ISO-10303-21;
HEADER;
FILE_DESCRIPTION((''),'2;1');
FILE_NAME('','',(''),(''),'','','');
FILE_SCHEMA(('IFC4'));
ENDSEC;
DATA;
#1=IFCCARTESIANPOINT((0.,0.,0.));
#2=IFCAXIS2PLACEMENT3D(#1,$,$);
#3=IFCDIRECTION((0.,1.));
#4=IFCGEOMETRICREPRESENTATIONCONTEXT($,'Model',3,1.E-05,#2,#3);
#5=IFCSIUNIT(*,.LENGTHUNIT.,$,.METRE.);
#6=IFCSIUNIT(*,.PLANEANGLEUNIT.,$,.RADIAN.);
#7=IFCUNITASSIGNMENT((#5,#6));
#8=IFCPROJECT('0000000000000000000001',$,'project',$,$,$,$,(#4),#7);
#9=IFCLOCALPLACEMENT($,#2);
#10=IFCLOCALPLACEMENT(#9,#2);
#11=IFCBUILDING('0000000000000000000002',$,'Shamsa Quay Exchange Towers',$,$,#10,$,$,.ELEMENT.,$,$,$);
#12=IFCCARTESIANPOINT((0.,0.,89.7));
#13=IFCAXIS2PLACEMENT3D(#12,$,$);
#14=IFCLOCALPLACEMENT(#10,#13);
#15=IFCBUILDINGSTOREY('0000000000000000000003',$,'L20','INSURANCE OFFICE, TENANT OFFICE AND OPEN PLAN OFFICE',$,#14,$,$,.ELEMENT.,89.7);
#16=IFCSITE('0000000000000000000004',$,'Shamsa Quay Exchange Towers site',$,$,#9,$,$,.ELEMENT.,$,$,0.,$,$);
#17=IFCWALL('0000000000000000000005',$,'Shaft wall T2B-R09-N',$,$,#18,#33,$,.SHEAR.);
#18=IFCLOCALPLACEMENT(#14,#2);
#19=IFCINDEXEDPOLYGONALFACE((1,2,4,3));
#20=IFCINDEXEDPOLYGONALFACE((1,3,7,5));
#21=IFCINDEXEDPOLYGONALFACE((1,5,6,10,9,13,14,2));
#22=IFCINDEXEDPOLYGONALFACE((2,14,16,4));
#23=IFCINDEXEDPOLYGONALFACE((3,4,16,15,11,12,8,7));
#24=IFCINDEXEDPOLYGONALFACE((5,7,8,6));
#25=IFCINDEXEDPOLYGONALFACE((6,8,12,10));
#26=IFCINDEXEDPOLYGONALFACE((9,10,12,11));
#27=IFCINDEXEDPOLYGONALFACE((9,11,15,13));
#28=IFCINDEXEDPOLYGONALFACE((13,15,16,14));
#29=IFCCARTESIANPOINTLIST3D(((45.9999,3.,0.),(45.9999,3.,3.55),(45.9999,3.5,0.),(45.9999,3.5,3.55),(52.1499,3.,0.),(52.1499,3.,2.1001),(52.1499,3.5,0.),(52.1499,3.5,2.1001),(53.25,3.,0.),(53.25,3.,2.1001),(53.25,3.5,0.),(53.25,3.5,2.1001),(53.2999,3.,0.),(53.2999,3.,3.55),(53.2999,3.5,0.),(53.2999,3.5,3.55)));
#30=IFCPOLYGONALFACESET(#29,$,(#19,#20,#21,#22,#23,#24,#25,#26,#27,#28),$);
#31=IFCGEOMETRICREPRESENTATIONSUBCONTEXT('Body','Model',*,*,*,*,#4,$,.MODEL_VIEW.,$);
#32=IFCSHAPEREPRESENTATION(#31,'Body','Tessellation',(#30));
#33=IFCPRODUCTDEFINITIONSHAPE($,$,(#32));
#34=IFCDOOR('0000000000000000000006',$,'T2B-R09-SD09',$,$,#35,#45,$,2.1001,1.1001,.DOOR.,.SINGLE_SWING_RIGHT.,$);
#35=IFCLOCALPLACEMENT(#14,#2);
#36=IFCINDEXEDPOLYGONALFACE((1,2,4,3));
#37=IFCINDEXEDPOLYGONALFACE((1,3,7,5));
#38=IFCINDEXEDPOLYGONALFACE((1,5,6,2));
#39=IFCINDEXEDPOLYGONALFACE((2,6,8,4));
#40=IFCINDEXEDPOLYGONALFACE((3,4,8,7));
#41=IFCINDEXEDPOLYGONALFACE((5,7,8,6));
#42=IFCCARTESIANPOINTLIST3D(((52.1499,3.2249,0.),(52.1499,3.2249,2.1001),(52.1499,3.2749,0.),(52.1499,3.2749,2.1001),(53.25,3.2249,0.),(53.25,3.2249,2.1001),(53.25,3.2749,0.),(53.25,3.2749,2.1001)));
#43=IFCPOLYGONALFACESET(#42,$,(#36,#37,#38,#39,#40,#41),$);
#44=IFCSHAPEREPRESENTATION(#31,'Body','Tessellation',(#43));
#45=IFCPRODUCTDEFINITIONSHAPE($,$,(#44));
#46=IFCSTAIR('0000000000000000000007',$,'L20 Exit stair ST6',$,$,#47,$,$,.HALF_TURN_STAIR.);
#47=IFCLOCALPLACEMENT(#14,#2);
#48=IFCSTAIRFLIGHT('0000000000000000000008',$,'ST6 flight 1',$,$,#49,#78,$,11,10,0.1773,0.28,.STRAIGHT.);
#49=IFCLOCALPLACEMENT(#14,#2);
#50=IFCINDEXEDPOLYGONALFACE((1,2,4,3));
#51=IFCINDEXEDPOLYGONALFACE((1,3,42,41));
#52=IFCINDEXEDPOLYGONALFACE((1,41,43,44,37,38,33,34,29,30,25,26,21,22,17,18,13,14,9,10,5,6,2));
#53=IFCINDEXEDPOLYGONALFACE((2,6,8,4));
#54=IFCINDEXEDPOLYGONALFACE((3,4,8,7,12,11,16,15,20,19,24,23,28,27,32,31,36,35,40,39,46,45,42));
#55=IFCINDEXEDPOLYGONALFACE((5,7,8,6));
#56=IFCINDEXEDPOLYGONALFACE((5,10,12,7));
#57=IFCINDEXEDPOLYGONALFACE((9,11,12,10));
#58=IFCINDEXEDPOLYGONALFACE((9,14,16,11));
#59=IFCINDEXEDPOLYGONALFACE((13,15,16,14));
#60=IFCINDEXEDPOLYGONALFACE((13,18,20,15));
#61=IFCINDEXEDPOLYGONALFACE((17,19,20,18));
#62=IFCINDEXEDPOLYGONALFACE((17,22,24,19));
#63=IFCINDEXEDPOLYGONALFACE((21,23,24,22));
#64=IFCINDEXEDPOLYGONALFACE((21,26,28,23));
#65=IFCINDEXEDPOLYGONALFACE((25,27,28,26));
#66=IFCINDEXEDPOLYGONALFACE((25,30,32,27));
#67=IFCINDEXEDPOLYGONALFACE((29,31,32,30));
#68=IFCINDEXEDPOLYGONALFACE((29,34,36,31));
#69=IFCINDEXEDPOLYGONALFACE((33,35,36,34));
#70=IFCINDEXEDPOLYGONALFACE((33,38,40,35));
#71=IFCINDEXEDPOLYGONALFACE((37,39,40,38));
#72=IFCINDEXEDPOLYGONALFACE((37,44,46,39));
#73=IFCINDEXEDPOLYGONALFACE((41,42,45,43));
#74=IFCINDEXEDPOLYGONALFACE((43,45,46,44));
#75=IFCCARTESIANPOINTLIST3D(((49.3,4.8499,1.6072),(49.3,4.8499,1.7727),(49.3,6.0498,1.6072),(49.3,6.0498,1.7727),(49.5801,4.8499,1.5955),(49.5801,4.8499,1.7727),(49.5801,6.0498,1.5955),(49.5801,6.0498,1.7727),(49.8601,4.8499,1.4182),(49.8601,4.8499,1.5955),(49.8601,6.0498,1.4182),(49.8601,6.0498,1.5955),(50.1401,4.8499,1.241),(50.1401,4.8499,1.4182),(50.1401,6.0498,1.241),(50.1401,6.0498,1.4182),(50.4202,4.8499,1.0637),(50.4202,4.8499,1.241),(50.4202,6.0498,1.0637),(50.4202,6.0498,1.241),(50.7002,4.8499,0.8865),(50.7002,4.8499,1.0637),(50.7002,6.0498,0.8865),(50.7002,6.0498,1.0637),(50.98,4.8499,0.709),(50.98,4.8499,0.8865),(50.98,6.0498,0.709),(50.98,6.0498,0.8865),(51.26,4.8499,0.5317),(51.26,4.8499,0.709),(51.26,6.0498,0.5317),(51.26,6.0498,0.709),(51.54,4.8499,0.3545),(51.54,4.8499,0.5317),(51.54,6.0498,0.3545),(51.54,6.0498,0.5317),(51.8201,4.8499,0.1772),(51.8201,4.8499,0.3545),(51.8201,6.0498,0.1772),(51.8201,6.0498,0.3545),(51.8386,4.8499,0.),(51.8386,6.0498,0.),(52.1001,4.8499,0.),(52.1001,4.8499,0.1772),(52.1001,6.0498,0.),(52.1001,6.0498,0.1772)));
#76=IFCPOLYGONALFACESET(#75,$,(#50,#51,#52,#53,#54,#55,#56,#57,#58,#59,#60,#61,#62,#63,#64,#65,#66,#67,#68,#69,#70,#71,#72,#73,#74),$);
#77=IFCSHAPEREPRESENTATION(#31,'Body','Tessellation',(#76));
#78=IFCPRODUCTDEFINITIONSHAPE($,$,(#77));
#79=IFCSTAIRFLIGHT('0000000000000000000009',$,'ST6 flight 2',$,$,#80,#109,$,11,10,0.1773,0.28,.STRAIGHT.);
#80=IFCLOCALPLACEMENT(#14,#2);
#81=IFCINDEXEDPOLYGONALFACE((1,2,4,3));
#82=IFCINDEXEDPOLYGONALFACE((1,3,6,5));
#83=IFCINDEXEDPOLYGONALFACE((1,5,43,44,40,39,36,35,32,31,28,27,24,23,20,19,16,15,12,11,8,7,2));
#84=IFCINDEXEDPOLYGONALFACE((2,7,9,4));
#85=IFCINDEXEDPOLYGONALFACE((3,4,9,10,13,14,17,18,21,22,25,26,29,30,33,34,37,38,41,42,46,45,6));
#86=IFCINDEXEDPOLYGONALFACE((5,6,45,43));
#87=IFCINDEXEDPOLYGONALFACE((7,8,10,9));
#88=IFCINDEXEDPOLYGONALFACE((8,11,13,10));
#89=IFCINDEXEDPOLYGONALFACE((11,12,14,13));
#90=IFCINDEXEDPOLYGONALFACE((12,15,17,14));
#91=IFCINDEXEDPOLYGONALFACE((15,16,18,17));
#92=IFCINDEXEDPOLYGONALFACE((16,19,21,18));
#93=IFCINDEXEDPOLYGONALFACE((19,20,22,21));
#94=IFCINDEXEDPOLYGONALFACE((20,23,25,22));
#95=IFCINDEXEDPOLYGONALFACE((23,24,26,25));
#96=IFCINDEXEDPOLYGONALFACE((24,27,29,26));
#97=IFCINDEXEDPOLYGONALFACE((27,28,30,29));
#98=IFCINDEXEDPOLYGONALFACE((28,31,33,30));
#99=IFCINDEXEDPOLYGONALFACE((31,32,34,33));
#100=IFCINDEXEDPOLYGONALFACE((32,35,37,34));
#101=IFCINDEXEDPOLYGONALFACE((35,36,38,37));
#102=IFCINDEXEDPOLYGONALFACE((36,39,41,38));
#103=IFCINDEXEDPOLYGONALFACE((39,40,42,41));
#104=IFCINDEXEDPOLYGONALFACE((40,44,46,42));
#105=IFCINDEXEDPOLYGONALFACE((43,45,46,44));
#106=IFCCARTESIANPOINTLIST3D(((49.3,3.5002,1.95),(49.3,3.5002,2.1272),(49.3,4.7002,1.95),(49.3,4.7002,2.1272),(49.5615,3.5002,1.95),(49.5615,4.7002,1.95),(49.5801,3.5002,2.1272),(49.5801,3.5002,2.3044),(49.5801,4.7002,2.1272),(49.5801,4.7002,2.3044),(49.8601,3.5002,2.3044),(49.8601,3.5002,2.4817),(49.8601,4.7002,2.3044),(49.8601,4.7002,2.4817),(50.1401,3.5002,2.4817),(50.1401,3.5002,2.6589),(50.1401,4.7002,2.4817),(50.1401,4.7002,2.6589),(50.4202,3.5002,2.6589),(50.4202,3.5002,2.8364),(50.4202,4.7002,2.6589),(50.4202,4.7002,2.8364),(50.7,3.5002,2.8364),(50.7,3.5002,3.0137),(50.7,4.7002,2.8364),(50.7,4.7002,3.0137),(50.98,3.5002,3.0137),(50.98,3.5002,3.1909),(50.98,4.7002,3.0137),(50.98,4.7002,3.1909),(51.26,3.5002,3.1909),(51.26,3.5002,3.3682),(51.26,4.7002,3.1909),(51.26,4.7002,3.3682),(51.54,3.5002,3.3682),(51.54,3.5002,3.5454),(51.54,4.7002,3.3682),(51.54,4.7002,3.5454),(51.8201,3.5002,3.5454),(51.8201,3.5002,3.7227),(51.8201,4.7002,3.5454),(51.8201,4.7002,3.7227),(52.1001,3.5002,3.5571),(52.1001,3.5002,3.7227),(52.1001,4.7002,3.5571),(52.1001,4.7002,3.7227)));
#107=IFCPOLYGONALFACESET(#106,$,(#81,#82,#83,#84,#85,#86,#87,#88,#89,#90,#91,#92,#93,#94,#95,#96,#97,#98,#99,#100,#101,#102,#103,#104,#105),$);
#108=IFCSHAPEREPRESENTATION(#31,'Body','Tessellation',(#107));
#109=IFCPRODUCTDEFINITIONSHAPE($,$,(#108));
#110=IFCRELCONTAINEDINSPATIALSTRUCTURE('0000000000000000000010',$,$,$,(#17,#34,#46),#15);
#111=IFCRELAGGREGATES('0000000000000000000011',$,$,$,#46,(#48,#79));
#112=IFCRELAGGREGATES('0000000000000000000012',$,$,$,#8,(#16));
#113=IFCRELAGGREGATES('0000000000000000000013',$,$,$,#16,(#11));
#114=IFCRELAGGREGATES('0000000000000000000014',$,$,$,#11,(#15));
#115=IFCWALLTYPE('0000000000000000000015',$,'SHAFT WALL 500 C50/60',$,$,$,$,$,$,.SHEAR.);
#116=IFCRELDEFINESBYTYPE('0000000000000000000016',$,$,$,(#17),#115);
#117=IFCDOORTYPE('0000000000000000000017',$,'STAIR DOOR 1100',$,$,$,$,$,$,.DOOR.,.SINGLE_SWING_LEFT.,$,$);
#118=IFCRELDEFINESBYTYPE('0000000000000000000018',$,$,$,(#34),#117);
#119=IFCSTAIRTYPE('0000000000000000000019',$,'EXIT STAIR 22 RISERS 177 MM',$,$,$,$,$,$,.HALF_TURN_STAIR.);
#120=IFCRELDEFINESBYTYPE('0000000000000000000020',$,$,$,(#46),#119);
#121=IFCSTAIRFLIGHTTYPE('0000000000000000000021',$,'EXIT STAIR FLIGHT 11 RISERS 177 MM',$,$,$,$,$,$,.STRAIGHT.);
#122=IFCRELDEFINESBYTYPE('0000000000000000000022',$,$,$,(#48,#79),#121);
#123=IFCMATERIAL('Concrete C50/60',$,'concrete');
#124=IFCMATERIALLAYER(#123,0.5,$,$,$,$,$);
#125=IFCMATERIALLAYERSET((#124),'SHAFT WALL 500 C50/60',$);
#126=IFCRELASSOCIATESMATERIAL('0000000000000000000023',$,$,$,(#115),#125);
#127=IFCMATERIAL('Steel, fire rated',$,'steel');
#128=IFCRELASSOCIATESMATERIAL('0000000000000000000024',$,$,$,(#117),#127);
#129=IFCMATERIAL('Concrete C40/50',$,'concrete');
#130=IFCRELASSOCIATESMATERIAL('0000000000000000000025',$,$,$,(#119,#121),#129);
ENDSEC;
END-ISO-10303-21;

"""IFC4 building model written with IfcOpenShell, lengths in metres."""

from ifc_helpers import new_model, si_unit, direction, frame, frame_2d, origin, place, context, subcontext, project, spatial, polyline, rectangle, outline, extrude, material, layer, layer_set, type_object, element, fill, aggregate, save


model = new_model("IFC4")

# Units and contexts
model_context = context("Model", 3, precision=1e-05, world=origin(), true_north=direction((0.0, 1.0)))
body_context = subcontext(model_context, "Body", "Model", "MODEL_VIEW")
ifc_project = project(units=[si_unit("LENGTHUNIT", "METRE"), si_unit("PLANEANGLEUNIT", "RADIAN")], contexts=[model_context])

# Site, building, storey
site_placement = place(None, origin())
site = spatial("IfcSite", under=ifc_project, at=site_placement, Name="Shamsa Quay Exchange Towers site", CompositionType="ELEMENT", RefElevation=0.0)
building_placement = place(site_placement, origin())
building = spatial("IfcBuilding", under=site, at=building_placement, Name="Shamsa Quay Exchange Towers", CompositionType="ELEMENT")
storey_placement = place(building_placement, frame((0.0, 0.0, 89.7)))
storey = spatial("IfcBuildingStorey", under=building, at=storey_placement, Name="L20", Description="INSURANCE OFFICE, TENANT OFFICE AND OPEN PLAN OFFICE", CompositionType="ELEMENT", Elevation=89.7)

# Shared definitions
ifc_material_1 = material(Name="Concrete C50/60", Category="concrete")
ifc_material_2 = material(Name="Steel, fire rated", Category="steel")

# Wall, opening, door
ifc_layer_1 = layer(ifc_material_1, 0.5)
ifc_layer_set_1 = layer_set([ifc_layer_1], Name="SHAFT WALL 500 C50/60")
wall_type_1 = type_object("IfcWallType", Name="SHAFT WALL 500 C50/60", PredefinedType="SHEAR", material=ifc_layer_set_1)
wall_1_placement = place(storey_placement, frame((46.0, 3.25, 0.0)))
wall_1 = element("IfcWall", 1, at=wall_1_placement, inside=storey, type_object=wall_type_1, Name="Shaft wall T2B-R09-N", PredefinedType="SHEAR", context=body_context, shape_type="SweptSolid", body=[
    extrude(rectangle(XDim=7.3, YDim=0.5, at=frame_2d((3.6499, 0.0))), origin(), (0.0, 0.0, 1.0), 3.55),
])
opening_1_placement = place(wall_1_placement, frame((6.1499, 0.0, 0.0)))
opening_1 = element("IfcOpeningElement", 2, at=opening_1_placement, cuts=wall_1, PredefinedType="OPENING", context=body_context, shape_type="SweptSolid", body=[
    extrude(rectangle(XDim=1.1001, YDim=2.1001, at=frame_2d((0.55, 1.05))), frame((0.0, 0.26, 0.0), z_axis=(0.0, -1.0, 0.0), x_axis=(1.0, 0.0, 0.0)), (0.0, 0.0, 1.0), 0.52),
])
door_type_1 = type_object("IfcDoorType", Name="STAIR DOOR 1100", OperationType="SINGLE_SWING_LEFT", PredefinedType="DOOR", material=ifc_material_2)
door_1_placement = place(opening_1_placement, origin())
door_1 = element("IfcDoor", 3, at=door_1_placement, inside=storey, type_object=door_type_1, Name="T2B-R09-SD09", OperationType="SINGLE_SWING_RIGHT", OverallHeight=2.1001, OverallWidth=1.1001, PredefinedType="DOOR", context=body_context, shape_type="SweptSolid", body=[
    extrude(rectangle(XDim=1.1001, YDim=2.1001, at=frame_2d((0.55, 1.05))), frame((0.0, 0.0249, 0.0), z_axis=(0.0, -1.0, 0.0), x_axis=(1.0, 0.0, 0.0)), (0.0, 0.0, 1.0), 0.05),
])
fill(opening_1, door_1)

# Stair, stair flights
ifc_material_3 = material(Name="Concrete C40/50", Category="concrete")
stair_type = type_object("IfcStairType", Name="EXIT STAIR 22 RISERS 177 MM", PredefinedType="HALF_TURN_STAIR", material=ifc_material_3)
stair_placement = place(storey_placement, origin())
stair = element("IfcStair", 4, at=stair_placement, inside=storey, type_object=stair_type, Name="L20 Exit stair ST6", PredefinedType="HALF_TURN_STAIR")
stair_flight_type = type_object("IfcStairFlightType", Name="EXIT STAIR FLIGHT 11 RISERS 177 MM", PredefinedType="STRAIGHT", material=ifc_material_3)
stair_flight_1_placement = place(storey_placement, frame((52.1001, 5.45, 0.0), z_axis=(0.0, 0.0, 1.0), x_axis=(-1.0, 0.0, 0.0)))
stair_flight_1 = element("IfcStairFlight", 5, at=stair_flight_1_placement, type_object=stair_flight_type, Name="ST6 flight 1", NumberOfRisers=11, NumberOfTreads=10, PredefinedType="STRAIGHT", RiserHeight=0.1773, TreadLength=0.28, context=body_context, shape_type="SweptSolid", body=[
    extrude(outline(polyline([(0.0, 0.0), (0.0, 0.1772), (0.28, 0.1772), (0.28, 0.3545), (0.5601, 0.3545), (0.5601, 0.5317), (0.8401, 0.5317), (0.8401, 0.709), (1.1201, 0.709), (1.1201, 0.8865), (1.3999, 0.8865), (1.3999, 1.0637), (1.6799, 1.0637), (1.6799, 1.241), (1.96, 1.241), (1.96, 1.4182), (2.24, 1.4182), (2.24, 1.5955), (2.52, 1.5955), (2.52, 1.7727), (2.8, 1.7727), (2.8, 1.95), (2.8, 1.6072), (0.2615, 0.0), (0.0, 0.0)])), frame((0.0, 0.6001, 0.0), z_axis=(0.0, -1.0, 0.0), x_axis=(1.0, 0.0, 0.0)), (0.0, 0.0, 1.0), 1.2),
])
stair_flight_2_placement = place(storey_placement, frame((49.3, 4.1001, 1.95)))
stair_flight_2 = element("IfcStairFlight", 6, at=stair_flight_2_placement, type_object=stair_flight_type, Name="ST6 flight 2", NumberOfRisers=11, NumberOfTreads=10, PredefinedType="STRAIGHT", RiserHeight=0.1773, TreadLength=0.28, context=body_context, shape_type="SweptSolid", body=[
    extrude(outline(polyline([(0.0, 0.0), (0.0, 0.1772), (0.28, 0.1772), (0.28, 0.3545), (0.5601, 0.3545), (0.5601, 0.5317), (0.8401, 0.5317), (0.8401, 0.709), (1.1201, 0.709), (1.1201, 0.8865), (1.3999, 0.8865), (1.3999, 1.0637), (1.6799, 1.0637), (1.6799, 1.241), (1.96, 1.241), (1.96, 1.4182), (2.24, 1.4182), (2.24, 1.5955), (2.52, 1.5955), (2.52, 1.7727), (2.8, 1.7727), (2.8, 1.95), (2.8, 1.6072), (0.2615, 0.0), (0.0, 0.0)])), frame((0.0, 0.6001, 0.0), z_axis=(0.0, -1.0, 0.0), x_axis=(1.0, 0.0, 0.0)), (0.0, 0.0, 1.0), 1.2),
])
aggregate(stair, [stair_flight_1, stair_flight_2])

save(model, "model.ifc")
